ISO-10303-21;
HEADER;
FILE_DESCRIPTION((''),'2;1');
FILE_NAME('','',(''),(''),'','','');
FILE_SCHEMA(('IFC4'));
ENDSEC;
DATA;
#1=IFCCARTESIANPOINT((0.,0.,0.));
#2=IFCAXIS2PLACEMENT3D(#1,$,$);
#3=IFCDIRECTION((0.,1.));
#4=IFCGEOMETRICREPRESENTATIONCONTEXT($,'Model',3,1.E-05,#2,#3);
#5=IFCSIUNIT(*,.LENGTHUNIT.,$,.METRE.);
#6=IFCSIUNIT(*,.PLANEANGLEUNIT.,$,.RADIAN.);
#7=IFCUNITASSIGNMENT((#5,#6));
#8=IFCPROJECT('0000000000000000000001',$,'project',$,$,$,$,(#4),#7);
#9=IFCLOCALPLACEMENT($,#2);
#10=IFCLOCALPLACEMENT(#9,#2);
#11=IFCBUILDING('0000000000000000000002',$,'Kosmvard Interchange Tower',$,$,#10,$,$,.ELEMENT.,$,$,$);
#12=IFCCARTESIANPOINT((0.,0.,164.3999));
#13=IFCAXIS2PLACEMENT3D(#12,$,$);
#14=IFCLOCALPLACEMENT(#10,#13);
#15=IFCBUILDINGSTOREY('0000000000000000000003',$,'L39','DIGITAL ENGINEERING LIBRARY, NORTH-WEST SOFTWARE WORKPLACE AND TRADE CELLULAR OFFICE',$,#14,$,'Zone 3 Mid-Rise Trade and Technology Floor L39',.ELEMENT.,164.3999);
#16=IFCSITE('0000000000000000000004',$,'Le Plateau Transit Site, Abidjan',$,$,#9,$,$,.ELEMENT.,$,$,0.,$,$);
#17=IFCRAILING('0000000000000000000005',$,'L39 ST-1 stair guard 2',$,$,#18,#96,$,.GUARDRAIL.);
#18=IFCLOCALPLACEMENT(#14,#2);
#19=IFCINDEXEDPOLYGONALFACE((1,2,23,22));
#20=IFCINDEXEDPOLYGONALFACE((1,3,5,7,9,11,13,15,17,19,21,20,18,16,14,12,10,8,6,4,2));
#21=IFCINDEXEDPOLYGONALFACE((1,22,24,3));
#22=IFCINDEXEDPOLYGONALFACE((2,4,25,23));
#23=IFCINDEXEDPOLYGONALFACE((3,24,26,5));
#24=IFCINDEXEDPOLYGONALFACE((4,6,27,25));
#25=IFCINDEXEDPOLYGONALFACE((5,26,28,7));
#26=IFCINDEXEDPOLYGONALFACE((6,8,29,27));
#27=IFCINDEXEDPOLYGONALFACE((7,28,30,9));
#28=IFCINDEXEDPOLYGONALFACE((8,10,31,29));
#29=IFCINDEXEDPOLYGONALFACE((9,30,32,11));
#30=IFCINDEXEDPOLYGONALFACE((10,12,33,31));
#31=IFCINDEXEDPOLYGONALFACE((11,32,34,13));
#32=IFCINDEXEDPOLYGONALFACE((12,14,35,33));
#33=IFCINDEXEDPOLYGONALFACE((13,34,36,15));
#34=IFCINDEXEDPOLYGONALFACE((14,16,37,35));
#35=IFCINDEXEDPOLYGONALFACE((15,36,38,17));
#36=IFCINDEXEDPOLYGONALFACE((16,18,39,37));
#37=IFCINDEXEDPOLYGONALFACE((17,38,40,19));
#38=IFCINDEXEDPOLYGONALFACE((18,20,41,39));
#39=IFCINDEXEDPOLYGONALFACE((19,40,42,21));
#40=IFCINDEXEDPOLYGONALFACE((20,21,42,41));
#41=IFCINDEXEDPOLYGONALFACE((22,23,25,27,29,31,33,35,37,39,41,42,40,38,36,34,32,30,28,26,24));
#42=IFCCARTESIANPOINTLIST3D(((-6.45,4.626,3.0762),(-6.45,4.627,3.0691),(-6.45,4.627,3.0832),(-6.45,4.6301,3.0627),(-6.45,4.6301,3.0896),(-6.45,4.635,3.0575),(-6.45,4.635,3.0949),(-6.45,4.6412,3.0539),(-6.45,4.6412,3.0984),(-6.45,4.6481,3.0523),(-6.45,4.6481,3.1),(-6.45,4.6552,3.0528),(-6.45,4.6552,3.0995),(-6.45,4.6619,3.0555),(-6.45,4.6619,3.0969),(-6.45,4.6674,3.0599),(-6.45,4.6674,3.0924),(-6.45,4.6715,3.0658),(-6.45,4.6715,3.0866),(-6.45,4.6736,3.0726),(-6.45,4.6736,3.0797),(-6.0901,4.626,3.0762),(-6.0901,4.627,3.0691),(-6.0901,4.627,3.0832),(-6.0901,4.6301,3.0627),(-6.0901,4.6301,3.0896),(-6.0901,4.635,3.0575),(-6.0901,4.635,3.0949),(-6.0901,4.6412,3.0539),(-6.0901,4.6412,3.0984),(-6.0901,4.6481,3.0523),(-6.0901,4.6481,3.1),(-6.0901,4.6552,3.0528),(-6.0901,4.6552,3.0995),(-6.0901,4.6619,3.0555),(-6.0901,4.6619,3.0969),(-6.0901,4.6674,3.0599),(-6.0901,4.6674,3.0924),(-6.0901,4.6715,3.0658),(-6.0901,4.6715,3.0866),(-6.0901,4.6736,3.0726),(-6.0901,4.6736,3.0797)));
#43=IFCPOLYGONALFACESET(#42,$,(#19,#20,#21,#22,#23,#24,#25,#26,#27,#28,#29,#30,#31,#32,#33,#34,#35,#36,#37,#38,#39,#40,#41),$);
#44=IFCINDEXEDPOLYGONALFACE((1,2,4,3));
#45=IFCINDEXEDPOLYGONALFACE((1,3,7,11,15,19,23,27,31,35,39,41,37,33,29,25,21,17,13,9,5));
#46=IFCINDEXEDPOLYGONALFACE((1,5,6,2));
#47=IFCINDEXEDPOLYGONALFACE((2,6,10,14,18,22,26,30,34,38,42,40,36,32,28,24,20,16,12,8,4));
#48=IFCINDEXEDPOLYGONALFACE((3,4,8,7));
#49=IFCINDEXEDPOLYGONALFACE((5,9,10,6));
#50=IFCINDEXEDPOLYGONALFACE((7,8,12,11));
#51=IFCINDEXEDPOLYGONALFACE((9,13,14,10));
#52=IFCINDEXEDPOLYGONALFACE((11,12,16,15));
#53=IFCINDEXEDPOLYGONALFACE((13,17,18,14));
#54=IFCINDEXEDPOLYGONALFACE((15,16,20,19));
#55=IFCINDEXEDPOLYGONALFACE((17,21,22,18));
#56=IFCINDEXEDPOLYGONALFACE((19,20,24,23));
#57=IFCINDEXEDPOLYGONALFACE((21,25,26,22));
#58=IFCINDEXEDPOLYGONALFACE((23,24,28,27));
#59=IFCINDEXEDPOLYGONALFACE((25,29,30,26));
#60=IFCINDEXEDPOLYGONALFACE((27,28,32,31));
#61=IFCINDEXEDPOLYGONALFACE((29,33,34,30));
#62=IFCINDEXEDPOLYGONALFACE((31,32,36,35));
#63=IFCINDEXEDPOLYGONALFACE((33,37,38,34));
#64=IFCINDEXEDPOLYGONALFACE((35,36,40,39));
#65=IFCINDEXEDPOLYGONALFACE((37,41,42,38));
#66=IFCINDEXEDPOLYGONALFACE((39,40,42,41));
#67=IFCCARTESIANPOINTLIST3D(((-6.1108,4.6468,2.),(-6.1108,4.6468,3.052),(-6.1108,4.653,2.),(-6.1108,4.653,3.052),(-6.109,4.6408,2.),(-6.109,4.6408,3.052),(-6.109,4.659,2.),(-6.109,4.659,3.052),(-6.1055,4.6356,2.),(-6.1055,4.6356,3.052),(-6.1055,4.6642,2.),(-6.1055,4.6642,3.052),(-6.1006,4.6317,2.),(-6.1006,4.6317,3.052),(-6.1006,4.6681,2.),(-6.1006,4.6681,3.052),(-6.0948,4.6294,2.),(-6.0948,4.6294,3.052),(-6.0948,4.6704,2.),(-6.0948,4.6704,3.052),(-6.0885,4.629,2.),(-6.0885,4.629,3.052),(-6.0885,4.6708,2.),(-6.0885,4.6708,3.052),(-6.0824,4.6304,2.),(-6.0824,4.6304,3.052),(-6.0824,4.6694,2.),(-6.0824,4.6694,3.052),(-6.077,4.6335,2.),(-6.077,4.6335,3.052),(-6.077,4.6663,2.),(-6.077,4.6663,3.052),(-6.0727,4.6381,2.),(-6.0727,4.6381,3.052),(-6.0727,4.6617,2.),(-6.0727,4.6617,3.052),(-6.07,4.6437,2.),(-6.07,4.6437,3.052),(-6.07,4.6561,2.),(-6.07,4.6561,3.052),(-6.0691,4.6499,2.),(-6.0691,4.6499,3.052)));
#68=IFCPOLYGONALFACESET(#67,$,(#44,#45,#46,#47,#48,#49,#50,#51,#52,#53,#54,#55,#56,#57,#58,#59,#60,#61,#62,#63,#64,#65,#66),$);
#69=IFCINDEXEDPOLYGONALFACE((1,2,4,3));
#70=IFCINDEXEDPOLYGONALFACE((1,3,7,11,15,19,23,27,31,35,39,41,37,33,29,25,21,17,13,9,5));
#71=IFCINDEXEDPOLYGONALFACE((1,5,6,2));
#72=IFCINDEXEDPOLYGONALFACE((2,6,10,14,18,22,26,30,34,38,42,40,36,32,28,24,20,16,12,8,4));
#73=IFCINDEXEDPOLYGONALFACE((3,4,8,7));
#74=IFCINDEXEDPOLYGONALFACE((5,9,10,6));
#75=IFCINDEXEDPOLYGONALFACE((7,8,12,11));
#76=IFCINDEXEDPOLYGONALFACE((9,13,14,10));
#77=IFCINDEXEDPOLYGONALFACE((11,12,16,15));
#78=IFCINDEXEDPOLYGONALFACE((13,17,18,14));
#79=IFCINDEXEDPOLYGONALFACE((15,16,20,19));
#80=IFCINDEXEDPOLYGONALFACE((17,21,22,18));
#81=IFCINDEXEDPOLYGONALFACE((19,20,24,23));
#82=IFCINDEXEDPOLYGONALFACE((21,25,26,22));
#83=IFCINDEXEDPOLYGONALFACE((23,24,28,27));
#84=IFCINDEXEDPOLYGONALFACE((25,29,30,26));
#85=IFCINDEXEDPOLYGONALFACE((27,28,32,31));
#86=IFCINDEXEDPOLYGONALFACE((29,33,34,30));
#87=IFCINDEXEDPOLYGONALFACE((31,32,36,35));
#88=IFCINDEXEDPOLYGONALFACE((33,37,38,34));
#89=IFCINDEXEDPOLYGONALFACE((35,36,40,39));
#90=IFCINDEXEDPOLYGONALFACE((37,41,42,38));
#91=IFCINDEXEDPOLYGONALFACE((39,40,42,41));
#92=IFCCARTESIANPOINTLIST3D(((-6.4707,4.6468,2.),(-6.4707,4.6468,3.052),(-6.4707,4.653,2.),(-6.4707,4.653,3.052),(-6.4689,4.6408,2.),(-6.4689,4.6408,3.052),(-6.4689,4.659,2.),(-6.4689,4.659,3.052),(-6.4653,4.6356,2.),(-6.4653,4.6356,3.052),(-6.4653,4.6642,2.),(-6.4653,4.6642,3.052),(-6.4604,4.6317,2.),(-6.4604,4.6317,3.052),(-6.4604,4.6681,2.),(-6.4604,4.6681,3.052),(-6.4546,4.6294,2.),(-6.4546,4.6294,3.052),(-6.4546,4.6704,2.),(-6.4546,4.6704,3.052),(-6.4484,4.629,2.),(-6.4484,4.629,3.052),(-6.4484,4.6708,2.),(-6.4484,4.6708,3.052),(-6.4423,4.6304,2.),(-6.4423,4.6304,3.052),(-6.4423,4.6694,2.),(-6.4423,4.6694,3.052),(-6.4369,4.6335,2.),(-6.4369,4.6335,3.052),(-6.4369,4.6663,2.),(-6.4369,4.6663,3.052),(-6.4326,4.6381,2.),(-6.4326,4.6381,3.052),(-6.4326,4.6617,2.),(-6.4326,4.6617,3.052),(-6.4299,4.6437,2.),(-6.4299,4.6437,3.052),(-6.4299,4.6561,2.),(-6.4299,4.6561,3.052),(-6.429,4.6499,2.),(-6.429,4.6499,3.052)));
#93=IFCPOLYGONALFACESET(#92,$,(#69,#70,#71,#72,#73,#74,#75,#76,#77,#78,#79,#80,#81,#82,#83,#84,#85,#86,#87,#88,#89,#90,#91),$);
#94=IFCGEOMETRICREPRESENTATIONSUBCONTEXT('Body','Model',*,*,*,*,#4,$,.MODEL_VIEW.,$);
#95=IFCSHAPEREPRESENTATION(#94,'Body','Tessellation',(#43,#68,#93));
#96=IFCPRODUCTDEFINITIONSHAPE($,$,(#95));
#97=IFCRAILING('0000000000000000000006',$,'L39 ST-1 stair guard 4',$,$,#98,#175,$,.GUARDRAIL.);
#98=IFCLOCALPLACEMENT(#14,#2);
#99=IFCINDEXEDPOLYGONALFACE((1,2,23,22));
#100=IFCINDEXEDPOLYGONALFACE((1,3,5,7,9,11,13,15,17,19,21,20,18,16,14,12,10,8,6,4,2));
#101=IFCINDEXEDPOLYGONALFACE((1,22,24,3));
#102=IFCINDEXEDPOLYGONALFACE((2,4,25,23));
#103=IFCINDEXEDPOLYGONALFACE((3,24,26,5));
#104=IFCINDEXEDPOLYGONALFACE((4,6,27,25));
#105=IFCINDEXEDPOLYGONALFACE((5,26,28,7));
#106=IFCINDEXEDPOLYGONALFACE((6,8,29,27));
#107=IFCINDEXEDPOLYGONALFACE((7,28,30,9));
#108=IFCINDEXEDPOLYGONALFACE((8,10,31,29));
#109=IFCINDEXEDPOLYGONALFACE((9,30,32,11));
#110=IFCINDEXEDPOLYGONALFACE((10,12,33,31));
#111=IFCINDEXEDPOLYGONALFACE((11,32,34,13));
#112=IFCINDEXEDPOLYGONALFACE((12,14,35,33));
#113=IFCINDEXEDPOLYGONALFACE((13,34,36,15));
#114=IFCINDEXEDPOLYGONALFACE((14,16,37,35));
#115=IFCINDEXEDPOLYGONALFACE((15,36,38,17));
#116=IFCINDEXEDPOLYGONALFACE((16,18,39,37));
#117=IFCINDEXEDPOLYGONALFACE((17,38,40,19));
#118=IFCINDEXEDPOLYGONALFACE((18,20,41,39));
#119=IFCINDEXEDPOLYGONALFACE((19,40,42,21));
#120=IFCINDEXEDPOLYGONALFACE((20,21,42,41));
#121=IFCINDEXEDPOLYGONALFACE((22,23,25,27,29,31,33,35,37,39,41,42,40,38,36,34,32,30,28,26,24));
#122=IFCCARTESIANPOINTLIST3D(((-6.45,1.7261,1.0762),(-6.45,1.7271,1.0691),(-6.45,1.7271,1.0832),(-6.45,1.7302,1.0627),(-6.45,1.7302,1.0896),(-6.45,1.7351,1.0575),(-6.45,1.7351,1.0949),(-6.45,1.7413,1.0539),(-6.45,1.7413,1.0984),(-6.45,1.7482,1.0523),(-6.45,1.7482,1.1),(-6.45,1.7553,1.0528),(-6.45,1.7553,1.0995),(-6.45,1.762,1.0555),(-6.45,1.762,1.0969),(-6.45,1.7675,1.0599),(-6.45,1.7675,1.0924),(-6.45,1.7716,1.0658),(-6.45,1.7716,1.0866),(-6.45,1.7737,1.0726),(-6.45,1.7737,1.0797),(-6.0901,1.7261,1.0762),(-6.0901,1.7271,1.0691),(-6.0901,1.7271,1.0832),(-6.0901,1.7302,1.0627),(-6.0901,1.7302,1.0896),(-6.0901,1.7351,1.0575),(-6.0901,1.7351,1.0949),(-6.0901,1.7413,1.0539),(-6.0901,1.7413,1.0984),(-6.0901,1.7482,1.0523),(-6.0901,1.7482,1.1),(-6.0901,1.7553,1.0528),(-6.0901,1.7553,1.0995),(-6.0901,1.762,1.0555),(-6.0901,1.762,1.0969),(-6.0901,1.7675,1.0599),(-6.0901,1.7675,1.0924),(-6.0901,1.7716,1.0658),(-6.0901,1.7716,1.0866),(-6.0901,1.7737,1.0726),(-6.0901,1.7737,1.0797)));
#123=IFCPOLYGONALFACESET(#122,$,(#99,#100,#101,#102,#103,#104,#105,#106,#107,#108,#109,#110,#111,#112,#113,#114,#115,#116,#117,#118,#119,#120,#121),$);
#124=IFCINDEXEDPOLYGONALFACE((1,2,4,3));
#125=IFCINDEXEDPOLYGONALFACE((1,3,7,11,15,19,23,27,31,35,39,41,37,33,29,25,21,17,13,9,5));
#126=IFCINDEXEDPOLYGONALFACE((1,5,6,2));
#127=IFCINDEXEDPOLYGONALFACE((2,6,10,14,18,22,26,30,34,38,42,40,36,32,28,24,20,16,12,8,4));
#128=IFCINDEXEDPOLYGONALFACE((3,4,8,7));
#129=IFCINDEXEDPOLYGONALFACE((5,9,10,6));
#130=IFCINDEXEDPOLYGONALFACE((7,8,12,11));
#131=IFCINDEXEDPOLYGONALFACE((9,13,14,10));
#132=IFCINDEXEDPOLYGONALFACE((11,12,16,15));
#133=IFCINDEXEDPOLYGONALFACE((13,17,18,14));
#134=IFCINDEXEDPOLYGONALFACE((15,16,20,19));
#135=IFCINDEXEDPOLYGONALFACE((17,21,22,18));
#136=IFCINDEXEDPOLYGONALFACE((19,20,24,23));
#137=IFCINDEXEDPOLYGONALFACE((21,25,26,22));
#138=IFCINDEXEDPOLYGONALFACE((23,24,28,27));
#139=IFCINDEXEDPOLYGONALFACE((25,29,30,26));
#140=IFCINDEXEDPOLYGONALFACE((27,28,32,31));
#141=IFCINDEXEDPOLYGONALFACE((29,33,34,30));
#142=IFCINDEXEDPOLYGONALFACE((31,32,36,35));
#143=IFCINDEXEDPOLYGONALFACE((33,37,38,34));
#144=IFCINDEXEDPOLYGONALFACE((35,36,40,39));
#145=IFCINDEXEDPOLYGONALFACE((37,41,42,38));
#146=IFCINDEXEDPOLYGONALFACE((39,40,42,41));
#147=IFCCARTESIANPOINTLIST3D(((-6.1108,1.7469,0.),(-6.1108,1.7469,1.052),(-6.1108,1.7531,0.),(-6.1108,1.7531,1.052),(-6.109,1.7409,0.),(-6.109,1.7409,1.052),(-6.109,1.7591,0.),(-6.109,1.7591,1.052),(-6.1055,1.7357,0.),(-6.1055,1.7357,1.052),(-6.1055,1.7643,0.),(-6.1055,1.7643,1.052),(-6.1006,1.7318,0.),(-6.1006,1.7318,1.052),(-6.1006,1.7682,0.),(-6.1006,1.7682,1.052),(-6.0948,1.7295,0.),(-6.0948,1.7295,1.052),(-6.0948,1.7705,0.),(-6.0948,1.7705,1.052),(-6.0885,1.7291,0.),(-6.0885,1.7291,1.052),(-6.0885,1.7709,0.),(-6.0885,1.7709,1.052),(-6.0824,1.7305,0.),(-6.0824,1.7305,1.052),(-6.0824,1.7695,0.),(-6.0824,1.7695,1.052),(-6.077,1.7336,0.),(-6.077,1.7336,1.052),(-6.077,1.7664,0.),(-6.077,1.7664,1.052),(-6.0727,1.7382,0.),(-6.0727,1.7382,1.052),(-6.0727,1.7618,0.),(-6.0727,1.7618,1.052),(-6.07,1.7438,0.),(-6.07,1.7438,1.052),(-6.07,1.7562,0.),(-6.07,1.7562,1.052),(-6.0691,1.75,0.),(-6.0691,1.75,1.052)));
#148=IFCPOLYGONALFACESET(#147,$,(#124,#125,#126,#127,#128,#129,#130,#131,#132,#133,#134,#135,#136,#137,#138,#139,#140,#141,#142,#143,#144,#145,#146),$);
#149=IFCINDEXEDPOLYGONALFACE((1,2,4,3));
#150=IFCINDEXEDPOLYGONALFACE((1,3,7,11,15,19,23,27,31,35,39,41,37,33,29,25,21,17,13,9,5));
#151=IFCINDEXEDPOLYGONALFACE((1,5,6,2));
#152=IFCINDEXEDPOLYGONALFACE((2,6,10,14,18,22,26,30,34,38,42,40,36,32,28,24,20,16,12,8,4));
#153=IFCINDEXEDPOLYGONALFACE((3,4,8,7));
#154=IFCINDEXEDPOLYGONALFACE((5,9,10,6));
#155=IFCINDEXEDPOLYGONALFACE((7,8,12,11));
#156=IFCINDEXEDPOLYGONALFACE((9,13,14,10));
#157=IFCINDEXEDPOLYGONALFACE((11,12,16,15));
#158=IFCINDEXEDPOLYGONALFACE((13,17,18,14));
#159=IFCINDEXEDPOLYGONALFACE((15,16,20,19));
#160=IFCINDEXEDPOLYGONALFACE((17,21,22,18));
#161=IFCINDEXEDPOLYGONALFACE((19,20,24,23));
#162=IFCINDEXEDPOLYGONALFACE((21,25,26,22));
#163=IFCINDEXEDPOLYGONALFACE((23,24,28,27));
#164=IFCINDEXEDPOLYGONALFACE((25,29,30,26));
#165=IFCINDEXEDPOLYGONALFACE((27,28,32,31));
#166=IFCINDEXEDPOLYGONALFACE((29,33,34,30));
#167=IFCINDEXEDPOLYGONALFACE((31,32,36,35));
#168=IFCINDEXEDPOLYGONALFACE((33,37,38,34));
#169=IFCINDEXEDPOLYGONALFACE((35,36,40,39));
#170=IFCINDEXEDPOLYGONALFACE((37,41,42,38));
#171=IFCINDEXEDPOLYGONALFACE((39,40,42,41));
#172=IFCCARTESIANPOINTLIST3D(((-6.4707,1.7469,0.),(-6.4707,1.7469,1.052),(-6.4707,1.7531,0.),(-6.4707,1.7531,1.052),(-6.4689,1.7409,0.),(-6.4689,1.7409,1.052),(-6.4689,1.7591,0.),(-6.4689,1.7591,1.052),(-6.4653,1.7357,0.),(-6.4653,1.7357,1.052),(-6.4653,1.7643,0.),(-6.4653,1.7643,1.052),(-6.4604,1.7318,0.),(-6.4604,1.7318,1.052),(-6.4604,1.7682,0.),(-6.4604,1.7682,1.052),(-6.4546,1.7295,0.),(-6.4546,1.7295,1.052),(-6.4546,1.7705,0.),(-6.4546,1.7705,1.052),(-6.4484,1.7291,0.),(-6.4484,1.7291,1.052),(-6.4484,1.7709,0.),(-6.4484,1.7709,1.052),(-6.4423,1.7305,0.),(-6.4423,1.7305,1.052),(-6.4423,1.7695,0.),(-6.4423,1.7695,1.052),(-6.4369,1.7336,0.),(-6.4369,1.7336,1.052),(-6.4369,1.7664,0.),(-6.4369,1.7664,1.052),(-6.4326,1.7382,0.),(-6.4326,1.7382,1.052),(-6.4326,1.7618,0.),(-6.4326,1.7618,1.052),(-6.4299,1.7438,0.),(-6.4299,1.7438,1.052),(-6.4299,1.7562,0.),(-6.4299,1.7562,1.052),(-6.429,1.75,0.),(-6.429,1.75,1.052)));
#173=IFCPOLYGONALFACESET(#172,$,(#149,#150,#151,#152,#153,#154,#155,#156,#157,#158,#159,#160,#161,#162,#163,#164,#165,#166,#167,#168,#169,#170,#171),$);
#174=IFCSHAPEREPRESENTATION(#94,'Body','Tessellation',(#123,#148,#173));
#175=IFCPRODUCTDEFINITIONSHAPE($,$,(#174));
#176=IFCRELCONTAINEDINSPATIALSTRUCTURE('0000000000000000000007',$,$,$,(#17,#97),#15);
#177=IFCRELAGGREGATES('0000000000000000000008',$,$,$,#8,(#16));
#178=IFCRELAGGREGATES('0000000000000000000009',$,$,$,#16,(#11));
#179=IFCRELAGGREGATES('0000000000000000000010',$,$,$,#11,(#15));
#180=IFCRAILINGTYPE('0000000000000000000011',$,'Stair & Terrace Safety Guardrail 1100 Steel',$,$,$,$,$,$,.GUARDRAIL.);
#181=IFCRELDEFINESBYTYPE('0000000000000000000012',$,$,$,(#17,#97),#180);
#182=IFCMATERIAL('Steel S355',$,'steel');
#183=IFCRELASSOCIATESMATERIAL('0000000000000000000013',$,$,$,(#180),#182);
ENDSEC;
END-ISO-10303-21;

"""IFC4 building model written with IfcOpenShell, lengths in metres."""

from ifc_helpers import new_model, si_unit, direction, frame, origin, origin_2d, place, context, subcontext, project, spatial, circle, extrude, source, transform, mapped, material, type_object, element, save


model = new_model("IFC4")

# Units and contexts
model_context = context("Model", 3, precision=1e-05, world=origin(), true_north=direction((0.0, 1.0)))
body_context = subcontext(model_context, "Body", "Model", "MODEL_VIEW")
ifc_project = project(units=[si_unit("LENGTHUNIT", "METRE"), si_unit("PLANEANGLEUNIT", "RADIAN")], contexts=[model_context])

# Site, building, storey
site_placement = place(None, origin())
site = spatial("IfcSite", under=ifc_project, at=site_placement, Name="Le Plateau Transit Site, Abidjan", CompositionType="ELEMENT", RefElevation=0.0)
building_placement = place(site_placement, origin())
building = spatial("IfcBuilding", under=site, at=building_placement, Name="Kosmvard Interchange Tower", CompositionType="ELEMENT")
storey_placement = place(building_placement, frame((0.0, 0.0, 164.3999)))
storey = spatial("IfcBuildingStorey", under=building, at=storey_placement, Name="L39", Description="DIGITAL ENGINEERING LIBRARY, NORTH-WEST SOFTWARE WORKPLACE AND TRADE CELLULAR OFFICE", LongName="Zone 3 Mid-Rise Trade and Technology Floor L39", CompositionType="ELEMENT", Elevation=164.3999)

# Shared definitions
ifc_material_1 = material(Name="Steel S355", Category="steel")

# Railings
railing_type_1 = type_object("IfcRailingType", Name="Stair & Terrace Safety Guardrail 1100 Steel", PredefinedType="GUARDRAIL", material=ifc_material_1)
shared_shape_1 = source(origin(), body_context, "Body", "SweptSolid", [
    extrude(circle(Radius=0.0239, at=origin_2d()), frame((0.0, 0.0, 1.0762), z_axis=(-1.0, 0.0, 0.0), x_axis=(0.0, -1.0, 0.0)), (0.0, 0.0, 1.0), 0.3599),
    extrude(circle(Radius=0.021, at=origin_2d()), origin(), (0.0, 0.0, 1.0), 1.052),
    extrude(circle(Radius=0.021, at=origin_2d()), frame((-0.3599, 0.0, 0.0)), (0.0, 0.0, 1.0), 1.052),
])
for number, where, name in (
    (1, (-6.0901, 4.6499, 2.0), "L39 ST-1 stair guard 2"),
    (2, (-6.0901, 1.75, 0.0), "L39 ST-1 stair guard 4"),
):
    element("IfcRailing", number, at=place(storey_placement, frame(where)), inside=storey, type_object=railing_type_1, Name=name, PredefinedType="GUARDRAIL", context=body_context, shape_type="MappedRepresentation", body=[
        mapped(shared_shape_1, transform((0.0, 0.0, 0.0), scale=1.0)),
    ])

save(model, "model.ifc")
